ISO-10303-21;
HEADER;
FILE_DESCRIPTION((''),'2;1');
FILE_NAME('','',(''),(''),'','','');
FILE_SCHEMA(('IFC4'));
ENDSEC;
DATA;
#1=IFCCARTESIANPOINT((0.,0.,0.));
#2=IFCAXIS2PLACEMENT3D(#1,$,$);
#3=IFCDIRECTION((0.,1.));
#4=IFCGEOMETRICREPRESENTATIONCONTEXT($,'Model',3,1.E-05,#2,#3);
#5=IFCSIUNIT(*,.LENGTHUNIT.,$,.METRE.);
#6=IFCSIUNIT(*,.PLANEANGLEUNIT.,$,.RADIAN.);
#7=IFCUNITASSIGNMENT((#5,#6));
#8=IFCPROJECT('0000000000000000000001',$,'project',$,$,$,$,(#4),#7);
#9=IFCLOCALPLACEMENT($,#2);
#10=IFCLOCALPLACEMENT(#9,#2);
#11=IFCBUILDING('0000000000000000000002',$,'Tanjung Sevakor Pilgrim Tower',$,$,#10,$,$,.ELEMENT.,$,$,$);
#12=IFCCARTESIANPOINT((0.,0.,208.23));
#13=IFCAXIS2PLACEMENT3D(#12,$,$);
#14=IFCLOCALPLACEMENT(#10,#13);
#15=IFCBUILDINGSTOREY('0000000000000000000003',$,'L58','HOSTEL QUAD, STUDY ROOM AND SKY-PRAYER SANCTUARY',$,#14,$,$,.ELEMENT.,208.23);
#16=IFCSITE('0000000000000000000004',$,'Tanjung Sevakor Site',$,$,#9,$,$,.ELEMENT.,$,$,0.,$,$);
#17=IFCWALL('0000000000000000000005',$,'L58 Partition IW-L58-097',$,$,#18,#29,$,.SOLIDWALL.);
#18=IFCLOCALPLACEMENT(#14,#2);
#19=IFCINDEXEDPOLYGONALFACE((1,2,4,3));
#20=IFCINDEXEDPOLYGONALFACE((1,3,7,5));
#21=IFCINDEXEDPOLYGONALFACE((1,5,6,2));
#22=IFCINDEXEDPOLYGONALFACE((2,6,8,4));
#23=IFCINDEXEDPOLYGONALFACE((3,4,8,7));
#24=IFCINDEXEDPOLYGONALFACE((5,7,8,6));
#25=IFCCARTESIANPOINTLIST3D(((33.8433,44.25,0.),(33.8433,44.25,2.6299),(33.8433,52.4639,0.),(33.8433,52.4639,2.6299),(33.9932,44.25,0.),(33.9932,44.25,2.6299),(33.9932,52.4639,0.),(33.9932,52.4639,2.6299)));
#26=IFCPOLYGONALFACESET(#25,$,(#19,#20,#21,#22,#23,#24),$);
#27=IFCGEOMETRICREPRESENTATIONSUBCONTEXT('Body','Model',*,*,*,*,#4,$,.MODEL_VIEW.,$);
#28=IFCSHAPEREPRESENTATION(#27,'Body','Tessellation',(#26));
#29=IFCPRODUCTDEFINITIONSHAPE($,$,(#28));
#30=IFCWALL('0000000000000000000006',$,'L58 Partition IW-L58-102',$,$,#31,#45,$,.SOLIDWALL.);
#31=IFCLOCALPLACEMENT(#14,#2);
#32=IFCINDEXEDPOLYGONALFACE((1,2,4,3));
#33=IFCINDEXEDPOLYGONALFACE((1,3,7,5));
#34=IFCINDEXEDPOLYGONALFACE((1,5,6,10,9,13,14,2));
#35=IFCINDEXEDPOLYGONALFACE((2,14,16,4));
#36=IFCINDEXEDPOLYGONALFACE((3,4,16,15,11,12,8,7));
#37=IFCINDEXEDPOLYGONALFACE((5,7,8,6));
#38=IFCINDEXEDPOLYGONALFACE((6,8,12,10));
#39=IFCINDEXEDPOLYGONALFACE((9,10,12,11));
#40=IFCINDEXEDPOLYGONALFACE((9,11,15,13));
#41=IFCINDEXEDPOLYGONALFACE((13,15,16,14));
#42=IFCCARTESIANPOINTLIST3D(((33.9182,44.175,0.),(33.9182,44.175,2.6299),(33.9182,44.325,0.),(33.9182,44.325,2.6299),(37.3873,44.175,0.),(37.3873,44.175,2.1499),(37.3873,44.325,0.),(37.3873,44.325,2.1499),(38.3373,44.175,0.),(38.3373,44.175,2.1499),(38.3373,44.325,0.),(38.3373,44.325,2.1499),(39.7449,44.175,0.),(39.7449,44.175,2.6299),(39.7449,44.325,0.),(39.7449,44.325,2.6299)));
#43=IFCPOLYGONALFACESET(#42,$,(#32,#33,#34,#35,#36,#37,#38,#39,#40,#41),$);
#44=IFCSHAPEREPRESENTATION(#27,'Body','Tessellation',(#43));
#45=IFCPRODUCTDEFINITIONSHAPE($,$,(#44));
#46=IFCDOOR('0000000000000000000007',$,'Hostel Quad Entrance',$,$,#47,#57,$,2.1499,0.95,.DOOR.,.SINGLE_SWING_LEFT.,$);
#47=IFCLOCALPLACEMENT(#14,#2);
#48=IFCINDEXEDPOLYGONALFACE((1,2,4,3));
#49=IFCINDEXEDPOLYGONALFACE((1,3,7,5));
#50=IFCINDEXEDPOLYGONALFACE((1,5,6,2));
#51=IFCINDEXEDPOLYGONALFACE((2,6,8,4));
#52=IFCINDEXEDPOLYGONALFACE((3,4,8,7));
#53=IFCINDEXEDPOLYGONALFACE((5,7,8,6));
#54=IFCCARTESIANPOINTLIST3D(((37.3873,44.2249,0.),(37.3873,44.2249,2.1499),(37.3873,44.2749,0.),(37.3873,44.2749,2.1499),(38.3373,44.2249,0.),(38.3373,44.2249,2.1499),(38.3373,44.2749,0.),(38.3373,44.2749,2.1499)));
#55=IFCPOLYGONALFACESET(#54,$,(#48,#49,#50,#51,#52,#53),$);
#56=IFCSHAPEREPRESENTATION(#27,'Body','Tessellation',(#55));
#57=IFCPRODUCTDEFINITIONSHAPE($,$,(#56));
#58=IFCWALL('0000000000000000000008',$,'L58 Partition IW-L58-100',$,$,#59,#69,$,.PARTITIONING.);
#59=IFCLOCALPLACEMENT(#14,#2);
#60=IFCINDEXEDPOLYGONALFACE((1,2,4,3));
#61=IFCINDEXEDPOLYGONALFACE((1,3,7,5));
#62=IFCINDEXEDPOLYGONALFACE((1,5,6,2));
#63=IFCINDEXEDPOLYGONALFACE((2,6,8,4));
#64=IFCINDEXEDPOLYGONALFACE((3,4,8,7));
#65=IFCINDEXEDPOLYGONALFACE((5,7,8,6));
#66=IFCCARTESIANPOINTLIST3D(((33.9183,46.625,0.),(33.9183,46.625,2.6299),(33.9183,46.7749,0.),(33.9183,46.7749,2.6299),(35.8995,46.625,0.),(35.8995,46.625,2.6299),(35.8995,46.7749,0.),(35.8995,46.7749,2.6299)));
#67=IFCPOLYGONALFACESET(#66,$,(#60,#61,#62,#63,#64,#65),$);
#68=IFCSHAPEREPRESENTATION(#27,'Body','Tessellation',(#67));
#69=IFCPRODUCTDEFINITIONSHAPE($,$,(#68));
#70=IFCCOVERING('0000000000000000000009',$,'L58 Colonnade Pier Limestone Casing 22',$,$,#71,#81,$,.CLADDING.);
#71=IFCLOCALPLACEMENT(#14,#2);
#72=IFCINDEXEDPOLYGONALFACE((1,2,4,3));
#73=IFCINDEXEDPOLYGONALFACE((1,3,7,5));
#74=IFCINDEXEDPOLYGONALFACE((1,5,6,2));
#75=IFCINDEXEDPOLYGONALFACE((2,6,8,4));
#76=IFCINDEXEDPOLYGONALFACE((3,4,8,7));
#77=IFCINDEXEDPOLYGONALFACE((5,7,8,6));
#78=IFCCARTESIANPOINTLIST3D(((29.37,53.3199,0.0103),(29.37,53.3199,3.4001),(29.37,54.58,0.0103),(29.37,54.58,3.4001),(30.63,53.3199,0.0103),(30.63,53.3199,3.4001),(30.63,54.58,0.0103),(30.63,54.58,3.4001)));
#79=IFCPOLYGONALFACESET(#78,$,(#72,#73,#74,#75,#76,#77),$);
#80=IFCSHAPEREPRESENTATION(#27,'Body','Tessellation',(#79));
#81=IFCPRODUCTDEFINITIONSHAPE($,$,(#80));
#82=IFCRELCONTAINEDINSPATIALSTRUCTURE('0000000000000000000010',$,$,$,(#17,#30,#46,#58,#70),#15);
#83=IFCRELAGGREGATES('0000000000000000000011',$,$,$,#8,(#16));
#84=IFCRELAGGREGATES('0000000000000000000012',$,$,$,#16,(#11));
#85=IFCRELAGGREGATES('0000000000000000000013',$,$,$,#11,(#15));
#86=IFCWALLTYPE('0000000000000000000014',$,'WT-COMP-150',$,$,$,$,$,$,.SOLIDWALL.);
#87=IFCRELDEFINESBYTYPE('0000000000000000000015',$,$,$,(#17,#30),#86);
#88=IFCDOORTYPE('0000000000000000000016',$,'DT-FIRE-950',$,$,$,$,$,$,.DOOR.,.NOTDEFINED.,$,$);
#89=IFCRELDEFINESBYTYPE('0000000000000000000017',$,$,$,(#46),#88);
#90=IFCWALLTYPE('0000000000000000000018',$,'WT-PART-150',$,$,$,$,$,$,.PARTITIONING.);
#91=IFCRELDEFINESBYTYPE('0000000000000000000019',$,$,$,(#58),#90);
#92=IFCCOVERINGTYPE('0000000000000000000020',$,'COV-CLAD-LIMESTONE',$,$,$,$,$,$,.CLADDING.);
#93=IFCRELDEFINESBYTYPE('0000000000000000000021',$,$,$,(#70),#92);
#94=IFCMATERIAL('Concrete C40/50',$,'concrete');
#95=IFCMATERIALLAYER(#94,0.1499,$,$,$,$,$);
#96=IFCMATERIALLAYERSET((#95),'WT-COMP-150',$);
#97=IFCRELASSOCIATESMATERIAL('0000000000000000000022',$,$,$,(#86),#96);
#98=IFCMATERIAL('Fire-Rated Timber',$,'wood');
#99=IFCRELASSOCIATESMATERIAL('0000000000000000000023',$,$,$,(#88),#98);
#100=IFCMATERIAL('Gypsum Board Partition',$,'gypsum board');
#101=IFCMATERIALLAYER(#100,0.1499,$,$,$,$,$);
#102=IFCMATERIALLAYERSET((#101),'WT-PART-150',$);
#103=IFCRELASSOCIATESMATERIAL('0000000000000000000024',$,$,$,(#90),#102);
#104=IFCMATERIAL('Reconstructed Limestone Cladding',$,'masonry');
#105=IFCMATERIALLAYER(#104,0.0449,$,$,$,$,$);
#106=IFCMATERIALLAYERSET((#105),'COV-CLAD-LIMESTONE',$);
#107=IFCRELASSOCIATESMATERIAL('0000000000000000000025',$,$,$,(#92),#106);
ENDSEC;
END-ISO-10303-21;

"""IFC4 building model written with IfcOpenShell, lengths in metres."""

from ifc_helpers import new_model, si_unit, direction, frame, frame_2d, origin, origin_2d, place, context, subcontext, project, spatial, rectangle, extrude, material, layer, layer_set, type_object, element, fill, save


model = new_model("IFC4")

# Units and contexts
model_context = context("Model", 3, precision=1e-05, world=origin(), true_north=direction((0.0, 1.0)))
body_context = subcontext(model_context, "Body", "Model", "MODEL_VIEW")
ifc_project = project(units=[si_unit("LENGTHUNIT", "METRE"), si_unit("PLANEANGLEUNIT", "RADIAN")], contexts=[model_context])

# Site, building, storey
site_placement = place(None, origin())
site = spatial("IfcSite", under=ifc_project, at=site_placement, Name="Tanjung Sevakor Site", CompositionType="ELEMENT", RefElevation=0.0)
building_placement = place(site_placement, origin())
building = spatial("IfcBuilding", under=site, at=building_placement, Name="Tanjung Sevakor Pilgrim Tower", CompositionType="ELEMENT")
storey_placement = place(building_placement, frame((0.0, 0.0, 208.23)))
storey = spatial("IfcBuildingStorey", under=building, at=storey_placement, Name="L58", Description="HOSTEL QUAD, STUDY ROOM AND SKY-PRAYER SANCTUARY", CompositionType="ELEMENT", Elevation=208.23)

# Wall
ifc_material_1 = material(Name="Concrete C40/50", Category="concrete")
ifc_layer_1 = layer(ifc_material_1, 0.1499)
ifc_layer_set_1 = layer_set([ifc_layer_1], Name="WT-COMP-150")
wall_type_1 = type_object("IfcWallType", Name="WT-COMP-150", PredefinedType="SOLIDWALL", material=ifc_layer_set_1)
wall_1_placement = place(storey_placement, frame((33.9182, 44.25, 0.0), z_axis=(0.0, 0.0, 1.0), x_axis=(0.0, 1.0, 0.0)))
element("IfcWall", 1, at=wall_1_placement, inside=storey, type_object=wall_type_1, Name="L58 Partition IW-L58-097", PredefinedType="SOLIDWALL", context=body_context, shape_type="SweptSolid", body=[
    extrude(rectangle(XDim=8.2139, YDim=0.1499, at=frame_2d((4.1069, 0.0))), origin(), (0.0, 0.0, 1.0), 2.6299),
])

# Wall, opening, door
wall_2_placement = place(storey_placement, frame((33.9182, 44.25, 0.0), z_axis=(0.0, 0.0, 1.0), x_axis=(1.0, 0.0, 0.0)))
wall_2 = element("IfcWall", 2, at=wall_2_placement, inside=storey, type_object=wall_type_1, Name="L58 Partition IW-L58-102", PredefinedType="SOLIDWALL", context=body_context, shape_type="SweptSolid", body=[
    extrude(rectangle(XDim=5.8267, YDim=0.1499, at=frame_2d((2.9133, 0.0))), origin(), (0.0, 0.0, 1.0), 2.6299),
])
opening_1_placement = place(wall_2_placement, frame((3.469, 0.0, 0.0)))
opening_1 = element("IfcOpeningElement", 3, at=opening_1_placement, cuts=wall_2, PredefinedType="OPENING", context=body_context, shape_type="SweptSolid", body=[
    extrude(rectangle(XDim=0.95, YDim=2.1499, at=frame_2d((0.4751, 1.075))), frame((0.0, 0.085, 0.0), z_axis=(0.0, -1.0, 0.0), x_axis=(1.0, 0.0, 0.0)), (0.0, 0.0, 1.0), 0.1699),
])
ifc_material_2 = material(Name="Fire-Rated Timber", Category="wood")
door_type_1 = type_object("IfcDoorType", Name="DT-FIRE-950", OperationType="NOTDEFINED", PredefinedType="DOOR", material=ifc_material_2)
door_1_placement = place(opening_1_placement, origin())
door_1 = element("IfcDoor", 4, at=door_1_placement, inside=storey, type_object=door_type_1, Name="Hostel Quad Entrance", OperationType="SINGLE_SWING_LEFT", OverallHeight=2.1499, OverallWidth=0.95, PredefinedType="DOOR", context=body_context, shape_type="SweptSolid", body=[
    extrude(rectangle(XDim=0.95, YDim=2.1499, at=frame_2d((0.4751, 1.075))), frame((0.0, 0.0249, 0.0), z_axis=(0.0, -1.0, 0.0), x_axis=(1.0, 0.0, 0.0)), (0.0, 0.0, 1.0), 0.05),
])
fill(opening_1, door_1)

# Wall
ifc_material_3 = material(Name="Gypsum Board Partition", Category="gypsum board")
ifc_layer_2 = layer(ifc_material_3, 0.1499)
ifc_layer_set_2 = layer_set([ifc_layer_2], Name="WT-PART-150")
wall_type_2 = type_object("IfcWallType", Name="WT-PART-150", PredefinedType="PARTITIONING", material=ifc_layer_set_2)
wall_3_placement = place(storey_placement, frame((33.9182, 46.7, 0.0), z_axis=(0.0, 0.0, 1.0), x_axis=(1.0, 0.0, 0.0)))
element("IfcWall", 5, at=wall_3_placement, inside=storey, type_object=wall_type_2, Name="L58 Partition IW-L58-100", PredefinedType="PARTITIONING", context=body_context, shape_type="SweptSolid", body=[
    extrude(rectangle(XDim=1.9812, YDim=0.1499, at=frame_2d((0.9907, 0.0))), origin(), (0.0, 0.0, 1.0), 2.6299),
])

# Covering
ifc_material_4 = material(Name="Reconstructed Limestone Cladding", Category="masonry")
ifc_layer_3 = layer(ifc_material_4, 0.0449)
ifc_layer_set_3 = layer_set([ifc_layer_3], Name="COV-CLAD-LIMESTONE")
covering_type = type_object("IfcCoveringType", Name="COV-CLAD-LIMESTONE", PredefinedType="CLADDING", material=ifc_layer_set_3)
covering_placement = place(storey_placement, frame((30.0, 53.95, 0.0103), z_axis=(0.0, 0.0, 1.0), x_axis=(1.0, 0.0, 0.0)))
element("IfcCovering", 6, at=covering_placement, inside=storey, type_object=covering_type, Name="L58 Colonnade Pier Limestone Casing 22", PredefinedType="CLADDING", context=body_context, shape_type="SweptSolid", body=[
    extrude(rectangle(XDim=1.26, YDim=1.26, at=origin_2d()), origin(), (0.0, 0.0, 1.0), 3.3899),
])

save(model, "model.ifc")
